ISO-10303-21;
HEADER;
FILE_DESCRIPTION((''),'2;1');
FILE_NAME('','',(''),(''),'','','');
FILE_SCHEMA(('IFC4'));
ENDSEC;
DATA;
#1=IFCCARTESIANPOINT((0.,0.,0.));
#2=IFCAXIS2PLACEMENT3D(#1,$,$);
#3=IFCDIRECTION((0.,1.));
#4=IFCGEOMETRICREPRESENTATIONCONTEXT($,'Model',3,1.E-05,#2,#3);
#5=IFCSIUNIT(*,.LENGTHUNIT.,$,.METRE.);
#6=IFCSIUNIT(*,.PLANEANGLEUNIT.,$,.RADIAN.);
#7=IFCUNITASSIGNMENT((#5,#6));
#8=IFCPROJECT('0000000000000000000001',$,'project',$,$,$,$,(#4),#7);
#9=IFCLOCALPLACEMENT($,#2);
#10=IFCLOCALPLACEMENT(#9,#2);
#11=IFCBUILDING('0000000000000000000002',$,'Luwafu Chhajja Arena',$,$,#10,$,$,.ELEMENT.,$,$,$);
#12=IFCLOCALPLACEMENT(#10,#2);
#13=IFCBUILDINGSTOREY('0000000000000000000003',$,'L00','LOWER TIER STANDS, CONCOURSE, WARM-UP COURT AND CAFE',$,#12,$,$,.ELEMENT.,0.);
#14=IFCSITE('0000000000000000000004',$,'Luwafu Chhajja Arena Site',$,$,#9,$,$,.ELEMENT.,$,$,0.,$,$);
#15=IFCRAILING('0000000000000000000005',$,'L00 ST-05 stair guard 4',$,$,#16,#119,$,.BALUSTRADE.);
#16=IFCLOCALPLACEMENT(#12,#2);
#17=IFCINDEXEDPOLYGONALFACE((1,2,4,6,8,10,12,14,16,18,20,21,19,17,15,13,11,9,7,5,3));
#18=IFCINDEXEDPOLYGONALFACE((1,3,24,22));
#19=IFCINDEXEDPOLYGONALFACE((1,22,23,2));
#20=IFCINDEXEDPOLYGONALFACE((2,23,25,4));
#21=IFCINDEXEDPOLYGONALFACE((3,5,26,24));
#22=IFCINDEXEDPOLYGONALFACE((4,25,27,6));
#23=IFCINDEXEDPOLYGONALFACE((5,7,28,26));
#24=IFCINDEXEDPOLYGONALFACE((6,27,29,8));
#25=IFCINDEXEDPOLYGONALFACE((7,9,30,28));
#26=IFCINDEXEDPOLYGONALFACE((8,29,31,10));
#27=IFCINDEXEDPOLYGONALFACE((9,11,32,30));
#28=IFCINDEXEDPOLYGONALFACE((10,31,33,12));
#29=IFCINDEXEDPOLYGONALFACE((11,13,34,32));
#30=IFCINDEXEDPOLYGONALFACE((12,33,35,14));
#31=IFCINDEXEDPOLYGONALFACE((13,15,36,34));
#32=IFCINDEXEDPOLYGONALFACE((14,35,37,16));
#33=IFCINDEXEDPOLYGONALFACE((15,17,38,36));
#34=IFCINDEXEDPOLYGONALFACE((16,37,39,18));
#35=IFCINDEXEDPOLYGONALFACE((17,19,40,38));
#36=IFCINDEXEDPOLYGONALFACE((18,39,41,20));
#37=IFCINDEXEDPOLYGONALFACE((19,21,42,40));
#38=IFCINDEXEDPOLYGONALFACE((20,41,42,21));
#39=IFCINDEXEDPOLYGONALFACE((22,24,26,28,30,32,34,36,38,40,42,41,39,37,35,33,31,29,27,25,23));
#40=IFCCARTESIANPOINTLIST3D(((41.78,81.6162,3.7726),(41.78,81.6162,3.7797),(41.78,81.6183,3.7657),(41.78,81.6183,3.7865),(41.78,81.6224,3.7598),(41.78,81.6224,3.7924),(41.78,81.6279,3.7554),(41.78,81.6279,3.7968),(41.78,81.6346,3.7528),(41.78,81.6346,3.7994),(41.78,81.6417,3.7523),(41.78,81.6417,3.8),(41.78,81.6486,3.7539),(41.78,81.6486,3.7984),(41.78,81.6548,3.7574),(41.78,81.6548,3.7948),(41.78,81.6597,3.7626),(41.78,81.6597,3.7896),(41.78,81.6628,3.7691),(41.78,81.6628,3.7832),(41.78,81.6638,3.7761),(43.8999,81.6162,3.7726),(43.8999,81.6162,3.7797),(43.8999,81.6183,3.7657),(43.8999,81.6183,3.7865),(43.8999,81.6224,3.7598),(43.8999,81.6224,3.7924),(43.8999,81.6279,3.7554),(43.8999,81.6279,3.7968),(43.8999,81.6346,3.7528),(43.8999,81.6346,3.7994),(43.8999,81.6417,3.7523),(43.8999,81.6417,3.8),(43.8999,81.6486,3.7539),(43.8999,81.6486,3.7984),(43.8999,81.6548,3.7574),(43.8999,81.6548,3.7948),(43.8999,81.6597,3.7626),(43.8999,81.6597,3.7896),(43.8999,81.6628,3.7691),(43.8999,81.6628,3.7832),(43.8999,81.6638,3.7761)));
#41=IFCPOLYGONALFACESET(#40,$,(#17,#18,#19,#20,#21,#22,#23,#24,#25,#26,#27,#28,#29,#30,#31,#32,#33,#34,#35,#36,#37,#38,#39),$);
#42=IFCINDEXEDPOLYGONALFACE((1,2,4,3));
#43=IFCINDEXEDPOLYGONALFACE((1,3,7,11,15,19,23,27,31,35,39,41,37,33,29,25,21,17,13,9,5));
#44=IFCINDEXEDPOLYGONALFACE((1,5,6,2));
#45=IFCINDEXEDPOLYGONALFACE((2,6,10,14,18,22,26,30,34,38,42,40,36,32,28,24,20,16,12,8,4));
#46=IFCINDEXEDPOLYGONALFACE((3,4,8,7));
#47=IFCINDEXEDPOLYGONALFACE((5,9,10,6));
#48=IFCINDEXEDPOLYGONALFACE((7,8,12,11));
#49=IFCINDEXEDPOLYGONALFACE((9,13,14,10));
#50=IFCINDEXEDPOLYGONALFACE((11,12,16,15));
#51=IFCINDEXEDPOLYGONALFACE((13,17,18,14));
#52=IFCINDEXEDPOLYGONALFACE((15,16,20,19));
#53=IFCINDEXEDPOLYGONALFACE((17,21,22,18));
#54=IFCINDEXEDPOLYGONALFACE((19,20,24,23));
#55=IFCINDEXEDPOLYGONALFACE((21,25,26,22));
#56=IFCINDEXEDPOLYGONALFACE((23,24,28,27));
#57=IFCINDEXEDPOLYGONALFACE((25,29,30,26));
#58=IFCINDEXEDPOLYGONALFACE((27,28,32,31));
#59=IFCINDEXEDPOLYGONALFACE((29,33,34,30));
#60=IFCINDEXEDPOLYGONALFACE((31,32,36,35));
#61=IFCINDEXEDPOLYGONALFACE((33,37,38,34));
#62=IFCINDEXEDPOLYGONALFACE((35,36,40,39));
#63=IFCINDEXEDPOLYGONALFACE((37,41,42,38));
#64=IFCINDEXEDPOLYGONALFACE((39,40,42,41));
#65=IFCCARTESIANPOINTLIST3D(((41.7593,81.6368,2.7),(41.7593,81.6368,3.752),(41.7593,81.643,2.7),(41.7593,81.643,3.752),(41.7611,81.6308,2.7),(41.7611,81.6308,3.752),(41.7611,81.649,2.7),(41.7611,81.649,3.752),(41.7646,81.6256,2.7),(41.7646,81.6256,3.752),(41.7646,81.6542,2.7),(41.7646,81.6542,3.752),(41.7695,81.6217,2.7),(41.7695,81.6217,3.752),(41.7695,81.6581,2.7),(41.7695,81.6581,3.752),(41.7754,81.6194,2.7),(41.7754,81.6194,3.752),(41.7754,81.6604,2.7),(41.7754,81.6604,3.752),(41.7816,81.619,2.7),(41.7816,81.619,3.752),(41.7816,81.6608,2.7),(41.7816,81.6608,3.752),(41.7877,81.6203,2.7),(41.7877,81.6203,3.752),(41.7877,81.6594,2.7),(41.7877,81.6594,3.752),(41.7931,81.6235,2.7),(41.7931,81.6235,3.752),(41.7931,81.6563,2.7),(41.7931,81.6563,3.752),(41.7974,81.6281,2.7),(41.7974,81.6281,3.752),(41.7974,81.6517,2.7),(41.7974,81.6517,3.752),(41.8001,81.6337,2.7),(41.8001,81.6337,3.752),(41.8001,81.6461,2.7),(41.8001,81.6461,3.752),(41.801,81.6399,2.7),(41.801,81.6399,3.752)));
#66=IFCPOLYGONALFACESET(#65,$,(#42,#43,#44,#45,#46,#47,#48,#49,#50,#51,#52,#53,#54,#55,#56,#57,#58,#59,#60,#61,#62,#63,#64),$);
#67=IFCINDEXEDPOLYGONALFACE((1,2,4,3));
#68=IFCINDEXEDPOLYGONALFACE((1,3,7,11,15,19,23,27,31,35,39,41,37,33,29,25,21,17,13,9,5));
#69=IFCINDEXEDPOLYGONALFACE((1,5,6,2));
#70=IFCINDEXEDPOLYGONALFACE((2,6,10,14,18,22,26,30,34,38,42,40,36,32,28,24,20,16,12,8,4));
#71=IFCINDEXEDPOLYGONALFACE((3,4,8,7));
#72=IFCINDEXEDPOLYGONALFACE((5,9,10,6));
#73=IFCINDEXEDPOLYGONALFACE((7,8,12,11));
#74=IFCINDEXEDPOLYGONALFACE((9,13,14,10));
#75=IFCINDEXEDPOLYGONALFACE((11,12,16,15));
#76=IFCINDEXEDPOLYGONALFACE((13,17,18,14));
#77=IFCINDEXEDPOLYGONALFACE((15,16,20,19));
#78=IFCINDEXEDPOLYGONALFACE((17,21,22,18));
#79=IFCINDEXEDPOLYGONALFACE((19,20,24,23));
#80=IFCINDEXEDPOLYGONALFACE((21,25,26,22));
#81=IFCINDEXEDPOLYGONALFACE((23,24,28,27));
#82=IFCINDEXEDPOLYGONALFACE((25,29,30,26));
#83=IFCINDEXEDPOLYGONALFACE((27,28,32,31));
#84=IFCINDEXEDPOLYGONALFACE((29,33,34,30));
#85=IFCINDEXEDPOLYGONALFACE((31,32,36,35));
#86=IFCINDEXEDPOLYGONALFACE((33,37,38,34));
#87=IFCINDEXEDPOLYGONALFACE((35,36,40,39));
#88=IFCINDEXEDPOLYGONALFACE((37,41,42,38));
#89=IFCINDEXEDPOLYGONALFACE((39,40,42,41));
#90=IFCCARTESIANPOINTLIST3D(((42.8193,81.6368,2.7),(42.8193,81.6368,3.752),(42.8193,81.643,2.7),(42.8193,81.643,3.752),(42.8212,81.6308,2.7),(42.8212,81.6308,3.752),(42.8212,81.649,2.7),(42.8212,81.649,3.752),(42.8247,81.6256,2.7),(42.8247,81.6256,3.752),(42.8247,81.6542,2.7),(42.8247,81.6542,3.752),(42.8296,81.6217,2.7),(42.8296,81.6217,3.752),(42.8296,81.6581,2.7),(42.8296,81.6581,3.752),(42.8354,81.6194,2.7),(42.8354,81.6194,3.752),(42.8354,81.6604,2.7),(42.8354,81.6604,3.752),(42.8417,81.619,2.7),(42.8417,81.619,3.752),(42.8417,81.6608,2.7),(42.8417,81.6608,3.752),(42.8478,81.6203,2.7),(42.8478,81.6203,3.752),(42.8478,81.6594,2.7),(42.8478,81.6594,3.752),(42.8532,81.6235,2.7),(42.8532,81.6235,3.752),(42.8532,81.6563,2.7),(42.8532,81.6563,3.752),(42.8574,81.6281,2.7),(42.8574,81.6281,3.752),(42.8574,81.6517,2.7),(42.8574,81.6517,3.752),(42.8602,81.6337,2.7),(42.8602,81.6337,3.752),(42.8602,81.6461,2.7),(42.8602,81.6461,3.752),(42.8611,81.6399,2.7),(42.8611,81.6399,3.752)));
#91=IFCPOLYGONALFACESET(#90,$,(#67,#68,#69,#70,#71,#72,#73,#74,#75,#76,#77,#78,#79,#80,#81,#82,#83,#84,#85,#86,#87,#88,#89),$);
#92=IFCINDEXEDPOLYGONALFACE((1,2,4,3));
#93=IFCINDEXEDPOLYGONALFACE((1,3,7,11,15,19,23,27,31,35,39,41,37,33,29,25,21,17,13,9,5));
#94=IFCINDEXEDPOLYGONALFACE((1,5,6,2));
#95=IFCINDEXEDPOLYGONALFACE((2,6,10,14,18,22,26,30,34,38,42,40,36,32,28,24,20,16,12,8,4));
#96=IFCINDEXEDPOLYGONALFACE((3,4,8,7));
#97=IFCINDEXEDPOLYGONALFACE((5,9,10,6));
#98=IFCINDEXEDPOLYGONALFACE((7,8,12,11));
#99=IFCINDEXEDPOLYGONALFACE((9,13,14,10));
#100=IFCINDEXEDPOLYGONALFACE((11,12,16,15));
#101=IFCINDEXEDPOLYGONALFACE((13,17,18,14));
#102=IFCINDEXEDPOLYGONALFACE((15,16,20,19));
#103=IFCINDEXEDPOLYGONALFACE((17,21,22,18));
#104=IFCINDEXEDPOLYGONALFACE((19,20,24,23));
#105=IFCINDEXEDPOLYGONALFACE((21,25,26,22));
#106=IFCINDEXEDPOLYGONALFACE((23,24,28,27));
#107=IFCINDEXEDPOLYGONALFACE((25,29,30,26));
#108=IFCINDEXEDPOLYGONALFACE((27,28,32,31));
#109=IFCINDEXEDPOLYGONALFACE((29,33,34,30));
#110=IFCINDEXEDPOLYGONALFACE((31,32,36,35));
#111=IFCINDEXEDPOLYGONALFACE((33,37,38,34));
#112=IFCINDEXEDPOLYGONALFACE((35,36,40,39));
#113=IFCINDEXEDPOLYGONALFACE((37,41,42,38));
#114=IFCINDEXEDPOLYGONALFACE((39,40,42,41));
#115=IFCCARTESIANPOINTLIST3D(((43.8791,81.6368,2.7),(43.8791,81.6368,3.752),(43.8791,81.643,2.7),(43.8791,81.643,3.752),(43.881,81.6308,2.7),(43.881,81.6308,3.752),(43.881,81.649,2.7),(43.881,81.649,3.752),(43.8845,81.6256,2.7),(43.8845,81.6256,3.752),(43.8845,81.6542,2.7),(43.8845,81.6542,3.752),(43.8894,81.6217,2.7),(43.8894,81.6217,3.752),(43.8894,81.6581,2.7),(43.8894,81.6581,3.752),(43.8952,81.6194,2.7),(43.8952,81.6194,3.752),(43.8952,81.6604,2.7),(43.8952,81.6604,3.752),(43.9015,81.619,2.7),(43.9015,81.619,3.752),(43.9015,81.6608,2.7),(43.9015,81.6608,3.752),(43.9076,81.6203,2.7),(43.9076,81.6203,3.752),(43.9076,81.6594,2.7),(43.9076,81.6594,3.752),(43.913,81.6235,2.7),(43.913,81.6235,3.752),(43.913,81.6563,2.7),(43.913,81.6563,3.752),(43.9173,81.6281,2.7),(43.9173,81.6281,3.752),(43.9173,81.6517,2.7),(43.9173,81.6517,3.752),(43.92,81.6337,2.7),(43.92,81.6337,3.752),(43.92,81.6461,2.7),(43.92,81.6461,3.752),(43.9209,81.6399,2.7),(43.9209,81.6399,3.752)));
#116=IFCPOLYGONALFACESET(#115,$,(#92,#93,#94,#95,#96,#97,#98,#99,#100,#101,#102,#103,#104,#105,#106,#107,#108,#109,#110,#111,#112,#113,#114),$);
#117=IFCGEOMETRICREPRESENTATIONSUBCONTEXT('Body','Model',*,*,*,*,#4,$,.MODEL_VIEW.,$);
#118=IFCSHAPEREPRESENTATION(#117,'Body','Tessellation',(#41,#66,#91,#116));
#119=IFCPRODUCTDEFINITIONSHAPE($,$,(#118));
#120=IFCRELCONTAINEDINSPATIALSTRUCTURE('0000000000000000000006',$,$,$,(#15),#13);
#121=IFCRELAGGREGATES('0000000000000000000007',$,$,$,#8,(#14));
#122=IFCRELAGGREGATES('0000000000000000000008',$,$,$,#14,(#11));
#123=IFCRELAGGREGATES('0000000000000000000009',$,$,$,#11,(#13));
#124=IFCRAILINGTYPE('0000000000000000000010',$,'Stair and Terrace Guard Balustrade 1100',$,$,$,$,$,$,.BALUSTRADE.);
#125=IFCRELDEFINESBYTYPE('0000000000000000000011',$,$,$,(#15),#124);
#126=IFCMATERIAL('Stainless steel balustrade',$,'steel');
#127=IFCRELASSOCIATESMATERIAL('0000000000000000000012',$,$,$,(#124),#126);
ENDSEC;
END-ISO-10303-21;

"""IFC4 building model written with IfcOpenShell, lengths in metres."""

from ifc_helpers import new_model, si_unit, direction, frame, origin, origin_2d, place, context, subcontext, project, spatial, circle, extrude, material, type_object, element, save


model = new_model("IFC4")

# Units and contexts
model_context = context("Model", 3, precision=1e-05, world=origin(), true_north=direction((0.0, 1.0)))
body_context = subcontext(model_context, "Body", "Model", "MODEL_VIEW")
ifc_project = project(units=[si_unit("LENGTHUNIT", "METRE"), si_unit("PLANEANGLEUNIT", "RADIAN")], contexts=[model_context])

# Site, building, storey
site_placement = place(None, origin())
site = spatial("IfcSite", under=ifc_project, at=site_placement, Name="Luwafu Chhajja Arena Site", CompositionType="ELEMENT", RefElevation=0.0)
building_placement = place(site_placement, origin())
building = spatial("IfcBuilding", under=site, at=building_placement, Name="Luwafu Chhajja Arena", CompositionType="ELEMENT")
storey_placement = place(building_placement, origin())
storey = spatial("IfcBuildingStorey", under=building, at=storey_placement, Name="L00", Description="LOWER TIER STANDS, CONCOURSE, WARM-UP COURT AND CAFE", CompositionType="ELEMENT", Elevation=0.0)

# Railing
ifc_material_1 = material(Name="Stainless steel balustrade", Category="steel")
railing_type_1 = type_object("IfcRailingType", Name="Stair and Terrace Guard Balustrade 1100", PredefinedType="BALUSTRADE", material=ifc_material_1)
for number, where, name in (
    (1, (41.78, 81.6399, 2.7), "L00 ST-05 stair guard 4"),
):
    element("IfcRailing", number, at=place(storey_placement, frame(where)), inside=storey, type_object=railing_type_1, Name=name, PredefinedType="BALUSTRADE", context=body_context, shape_type="SweptSolid", body=[
        extrude(circle(Radius=0.0239, at=origin_2d()), frame((0.0, 0.0, 1.0762), z_axis=(1.0, 0.0, 0.0), x_axis=(0.0, 1.0, 0.0)), (0.0, 0.0, 1.0), 2.1199),
        extrude(circle(Radius=0.021, at=origin_2d()), origin(), (0.0, 0.0, 1.0), 1.052),
        extrude(circle(Radius=0.021, at=origin_2d()), frame((1.0601, 0.0, 0.0)), (0.0, 0.0, 1.0), 1.052),
        extrude(circle(Radius=0.021, at=origin_2d()), frame((2.1199, 0.0, 0.0)), (0.0, 0.0, 1.0), 1.052),
    ])

save(model, "model.ifc")
